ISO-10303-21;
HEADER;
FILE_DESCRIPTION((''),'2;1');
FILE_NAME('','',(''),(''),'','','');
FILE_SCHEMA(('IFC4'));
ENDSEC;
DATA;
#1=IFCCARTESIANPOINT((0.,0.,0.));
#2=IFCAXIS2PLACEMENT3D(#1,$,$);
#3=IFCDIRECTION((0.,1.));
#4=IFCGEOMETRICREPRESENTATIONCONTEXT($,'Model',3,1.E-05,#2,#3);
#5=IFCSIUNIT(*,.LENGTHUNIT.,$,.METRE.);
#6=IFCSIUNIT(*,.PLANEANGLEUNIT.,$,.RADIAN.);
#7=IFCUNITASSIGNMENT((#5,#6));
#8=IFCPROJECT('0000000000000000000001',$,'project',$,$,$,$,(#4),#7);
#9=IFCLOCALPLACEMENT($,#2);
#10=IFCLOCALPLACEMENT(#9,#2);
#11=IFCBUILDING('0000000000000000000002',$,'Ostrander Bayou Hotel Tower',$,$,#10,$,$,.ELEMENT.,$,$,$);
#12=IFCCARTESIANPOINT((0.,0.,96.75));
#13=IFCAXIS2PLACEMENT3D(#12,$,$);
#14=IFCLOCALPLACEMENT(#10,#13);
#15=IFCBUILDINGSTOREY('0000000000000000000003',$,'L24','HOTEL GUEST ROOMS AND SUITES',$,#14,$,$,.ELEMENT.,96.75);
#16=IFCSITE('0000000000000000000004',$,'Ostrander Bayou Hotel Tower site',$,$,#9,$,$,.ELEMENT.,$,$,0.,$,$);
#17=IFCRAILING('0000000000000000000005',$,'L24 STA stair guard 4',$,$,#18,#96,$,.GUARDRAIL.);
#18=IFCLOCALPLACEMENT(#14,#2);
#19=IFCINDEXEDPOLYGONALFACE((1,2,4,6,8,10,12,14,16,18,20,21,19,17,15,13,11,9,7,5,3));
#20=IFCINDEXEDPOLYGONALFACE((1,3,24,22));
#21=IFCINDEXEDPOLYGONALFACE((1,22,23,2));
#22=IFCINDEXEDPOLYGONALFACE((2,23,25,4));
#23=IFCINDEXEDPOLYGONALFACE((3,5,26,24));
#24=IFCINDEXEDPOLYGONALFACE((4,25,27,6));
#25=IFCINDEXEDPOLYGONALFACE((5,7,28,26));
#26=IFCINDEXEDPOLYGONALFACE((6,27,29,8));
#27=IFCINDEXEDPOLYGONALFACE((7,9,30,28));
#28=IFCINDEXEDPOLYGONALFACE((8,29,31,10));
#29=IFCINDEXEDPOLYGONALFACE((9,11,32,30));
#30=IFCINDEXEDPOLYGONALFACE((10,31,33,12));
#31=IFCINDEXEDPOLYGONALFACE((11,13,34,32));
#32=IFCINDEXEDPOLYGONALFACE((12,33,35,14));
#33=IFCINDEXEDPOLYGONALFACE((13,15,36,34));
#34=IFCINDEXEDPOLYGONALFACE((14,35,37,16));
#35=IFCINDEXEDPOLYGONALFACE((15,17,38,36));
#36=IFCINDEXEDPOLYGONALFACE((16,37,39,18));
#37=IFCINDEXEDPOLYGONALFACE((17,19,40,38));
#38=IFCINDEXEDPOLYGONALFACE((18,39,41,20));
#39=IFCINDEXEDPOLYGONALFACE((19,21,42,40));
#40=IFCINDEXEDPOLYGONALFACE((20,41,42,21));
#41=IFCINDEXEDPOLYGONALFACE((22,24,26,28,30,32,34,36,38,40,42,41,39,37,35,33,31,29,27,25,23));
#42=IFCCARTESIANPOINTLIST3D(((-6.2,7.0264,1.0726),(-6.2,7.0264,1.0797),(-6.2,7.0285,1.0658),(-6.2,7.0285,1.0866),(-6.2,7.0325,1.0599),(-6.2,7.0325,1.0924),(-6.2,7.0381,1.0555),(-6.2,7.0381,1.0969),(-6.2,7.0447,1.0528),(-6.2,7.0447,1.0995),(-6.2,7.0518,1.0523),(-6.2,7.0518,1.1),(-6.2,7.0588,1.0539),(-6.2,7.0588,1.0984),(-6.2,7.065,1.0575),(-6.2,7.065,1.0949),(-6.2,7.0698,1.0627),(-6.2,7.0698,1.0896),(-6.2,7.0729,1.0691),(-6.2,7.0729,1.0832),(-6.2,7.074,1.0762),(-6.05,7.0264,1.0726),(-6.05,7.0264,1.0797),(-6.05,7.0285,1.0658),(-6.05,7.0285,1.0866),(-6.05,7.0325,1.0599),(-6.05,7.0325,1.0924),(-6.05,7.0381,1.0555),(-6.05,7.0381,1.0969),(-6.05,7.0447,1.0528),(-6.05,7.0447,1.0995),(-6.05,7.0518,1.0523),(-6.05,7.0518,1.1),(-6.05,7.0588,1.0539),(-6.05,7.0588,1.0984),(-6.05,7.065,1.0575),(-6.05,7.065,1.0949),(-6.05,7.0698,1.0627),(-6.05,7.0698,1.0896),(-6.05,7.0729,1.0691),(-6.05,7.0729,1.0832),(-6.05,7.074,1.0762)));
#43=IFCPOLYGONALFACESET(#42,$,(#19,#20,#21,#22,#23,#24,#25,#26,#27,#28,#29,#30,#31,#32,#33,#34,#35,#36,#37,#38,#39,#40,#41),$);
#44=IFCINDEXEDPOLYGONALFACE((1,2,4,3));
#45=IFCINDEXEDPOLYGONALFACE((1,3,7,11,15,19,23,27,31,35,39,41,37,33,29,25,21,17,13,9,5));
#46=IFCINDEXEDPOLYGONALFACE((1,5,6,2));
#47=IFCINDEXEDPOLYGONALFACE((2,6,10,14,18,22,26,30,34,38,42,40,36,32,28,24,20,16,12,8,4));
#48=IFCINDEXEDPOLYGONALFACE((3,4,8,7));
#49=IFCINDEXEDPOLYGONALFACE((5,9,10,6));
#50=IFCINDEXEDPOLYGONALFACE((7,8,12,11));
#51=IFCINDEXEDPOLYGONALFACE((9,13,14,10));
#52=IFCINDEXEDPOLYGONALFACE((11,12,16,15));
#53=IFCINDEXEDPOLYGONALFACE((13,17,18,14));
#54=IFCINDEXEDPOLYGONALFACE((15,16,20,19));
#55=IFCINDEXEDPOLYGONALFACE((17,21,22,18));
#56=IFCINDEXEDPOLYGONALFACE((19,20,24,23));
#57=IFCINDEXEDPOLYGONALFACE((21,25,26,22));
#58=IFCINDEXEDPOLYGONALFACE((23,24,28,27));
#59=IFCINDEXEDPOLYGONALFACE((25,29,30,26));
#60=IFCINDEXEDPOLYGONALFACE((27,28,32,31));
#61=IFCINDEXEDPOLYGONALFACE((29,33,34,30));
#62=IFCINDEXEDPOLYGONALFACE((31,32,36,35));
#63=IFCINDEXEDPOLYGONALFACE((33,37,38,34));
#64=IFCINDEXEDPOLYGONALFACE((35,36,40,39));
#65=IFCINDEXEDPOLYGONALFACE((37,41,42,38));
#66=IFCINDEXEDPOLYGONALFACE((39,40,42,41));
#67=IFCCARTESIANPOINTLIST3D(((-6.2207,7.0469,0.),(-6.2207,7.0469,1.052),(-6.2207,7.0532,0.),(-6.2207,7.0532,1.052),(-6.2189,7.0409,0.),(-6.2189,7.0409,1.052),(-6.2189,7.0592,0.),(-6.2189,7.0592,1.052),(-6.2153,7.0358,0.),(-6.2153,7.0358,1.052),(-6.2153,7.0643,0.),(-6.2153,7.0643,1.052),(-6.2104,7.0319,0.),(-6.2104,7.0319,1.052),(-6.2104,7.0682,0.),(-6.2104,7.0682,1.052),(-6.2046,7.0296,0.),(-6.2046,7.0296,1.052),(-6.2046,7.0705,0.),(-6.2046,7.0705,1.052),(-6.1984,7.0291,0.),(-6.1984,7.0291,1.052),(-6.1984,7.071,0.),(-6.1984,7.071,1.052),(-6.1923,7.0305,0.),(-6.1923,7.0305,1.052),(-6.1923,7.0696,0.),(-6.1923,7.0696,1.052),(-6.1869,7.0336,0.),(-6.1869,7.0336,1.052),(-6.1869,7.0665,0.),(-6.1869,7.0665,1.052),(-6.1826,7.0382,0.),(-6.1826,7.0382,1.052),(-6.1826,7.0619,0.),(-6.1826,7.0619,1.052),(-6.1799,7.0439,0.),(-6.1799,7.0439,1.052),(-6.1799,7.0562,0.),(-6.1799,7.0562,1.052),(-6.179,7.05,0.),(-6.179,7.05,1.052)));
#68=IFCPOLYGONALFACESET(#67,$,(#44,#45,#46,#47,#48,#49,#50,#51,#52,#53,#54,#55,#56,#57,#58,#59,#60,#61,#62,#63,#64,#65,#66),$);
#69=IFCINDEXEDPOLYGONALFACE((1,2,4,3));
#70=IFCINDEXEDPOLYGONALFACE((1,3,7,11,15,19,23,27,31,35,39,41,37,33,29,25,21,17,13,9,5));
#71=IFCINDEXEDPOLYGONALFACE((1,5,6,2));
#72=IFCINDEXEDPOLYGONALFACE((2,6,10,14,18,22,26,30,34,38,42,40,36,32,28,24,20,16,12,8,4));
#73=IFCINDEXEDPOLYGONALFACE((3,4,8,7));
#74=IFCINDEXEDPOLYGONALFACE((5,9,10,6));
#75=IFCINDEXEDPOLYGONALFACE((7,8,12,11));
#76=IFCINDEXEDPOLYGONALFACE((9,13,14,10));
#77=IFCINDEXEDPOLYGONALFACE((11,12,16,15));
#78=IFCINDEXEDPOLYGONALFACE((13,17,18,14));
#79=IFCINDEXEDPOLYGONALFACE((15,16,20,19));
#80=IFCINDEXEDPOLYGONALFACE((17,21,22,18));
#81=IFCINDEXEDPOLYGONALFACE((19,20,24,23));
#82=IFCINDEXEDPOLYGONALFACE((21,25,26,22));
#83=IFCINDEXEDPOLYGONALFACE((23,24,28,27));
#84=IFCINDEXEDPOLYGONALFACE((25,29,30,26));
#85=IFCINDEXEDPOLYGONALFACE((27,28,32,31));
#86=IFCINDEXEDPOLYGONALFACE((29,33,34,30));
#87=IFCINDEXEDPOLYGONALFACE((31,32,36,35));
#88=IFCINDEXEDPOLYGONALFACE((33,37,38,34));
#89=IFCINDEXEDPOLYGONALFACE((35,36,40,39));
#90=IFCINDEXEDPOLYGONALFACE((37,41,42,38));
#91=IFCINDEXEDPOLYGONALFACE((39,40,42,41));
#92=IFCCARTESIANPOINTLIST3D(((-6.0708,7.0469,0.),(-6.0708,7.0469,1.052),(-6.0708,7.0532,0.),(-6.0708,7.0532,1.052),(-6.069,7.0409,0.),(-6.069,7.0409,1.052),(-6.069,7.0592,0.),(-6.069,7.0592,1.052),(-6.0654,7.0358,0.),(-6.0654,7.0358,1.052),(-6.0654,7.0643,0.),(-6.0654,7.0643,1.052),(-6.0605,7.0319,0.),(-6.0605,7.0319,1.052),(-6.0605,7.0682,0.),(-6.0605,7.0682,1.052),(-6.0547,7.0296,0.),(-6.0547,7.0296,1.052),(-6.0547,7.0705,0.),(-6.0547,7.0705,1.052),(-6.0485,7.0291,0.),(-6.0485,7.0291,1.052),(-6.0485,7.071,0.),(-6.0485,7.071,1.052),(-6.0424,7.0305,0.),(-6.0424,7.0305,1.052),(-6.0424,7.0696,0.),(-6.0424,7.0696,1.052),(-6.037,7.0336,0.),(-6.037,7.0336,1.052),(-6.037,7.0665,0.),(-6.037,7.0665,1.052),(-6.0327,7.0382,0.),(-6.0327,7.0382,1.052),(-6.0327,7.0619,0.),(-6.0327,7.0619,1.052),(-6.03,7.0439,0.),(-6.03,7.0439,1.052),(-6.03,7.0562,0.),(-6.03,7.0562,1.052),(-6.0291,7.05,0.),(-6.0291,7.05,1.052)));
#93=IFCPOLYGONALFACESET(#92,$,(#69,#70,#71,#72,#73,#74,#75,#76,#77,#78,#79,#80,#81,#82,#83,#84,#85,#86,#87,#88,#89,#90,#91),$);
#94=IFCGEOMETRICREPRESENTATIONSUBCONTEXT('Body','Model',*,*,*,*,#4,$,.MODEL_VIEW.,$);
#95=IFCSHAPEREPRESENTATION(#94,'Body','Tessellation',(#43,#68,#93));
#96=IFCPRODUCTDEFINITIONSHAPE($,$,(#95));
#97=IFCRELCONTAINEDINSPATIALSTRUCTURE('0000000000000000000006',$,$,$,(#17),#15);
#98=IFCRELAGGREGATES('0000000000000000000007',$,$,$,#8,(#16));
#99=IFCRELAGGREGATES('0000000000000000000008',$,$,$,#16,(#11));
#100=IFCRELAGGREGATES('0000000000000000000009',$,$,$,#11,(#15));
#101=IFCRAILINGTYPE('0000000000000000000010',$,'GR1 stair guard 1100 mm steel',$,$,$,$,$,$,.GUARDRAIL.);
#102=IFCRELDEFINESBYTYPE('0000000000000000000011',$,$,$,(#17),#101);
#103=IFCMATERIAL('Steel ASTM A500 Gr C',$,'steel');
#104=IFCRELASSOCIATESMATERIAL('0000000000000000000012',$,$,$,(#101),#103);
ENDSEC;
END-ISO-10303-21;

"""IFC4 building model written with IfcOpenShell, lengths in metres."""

from ifc_helpers import new_model, si_unit, direction, frame, origin, origin_2d, place, context, subcontext, project, spatial, circle, extrude, material, type_object, element, save


model = new_model("IFC4")

# Units and contexts
model_context = context("Model", 3, precision=1e-05, world=origin(), true_north=direction((0.0, 1.0)))
body_context = subcontext(model_context, "Body", "Model", "MODEL_VIEW")
ifc_project = project(units=[si_unit("LENGTHUNIT", "METRE"), si_unit("PLANEANGLEUNIT", "RADIAN")], contexts=[model_context])

# Site, building, storey
site_placement = place(None, origin())
site = spatial("IfcSite", under=ifc_project, at=site_placement, Name="Ostrander Bayou Hotel Tower site", CompositionType="ELEMENT", RefElevation=0.0)
building_placement = place(site_placement, origin())
building = spatial("IfcBuilding", under=site, at=building_placement, Name="Ostrander Bayou Hotel Tower", CompositionType="ELEMENT")
storey_placement = place(building_placement, frame((0.0, 0.0, 96.75)))
storey = spatial("IfcBuildingStorey", under=building, at=storey_placement, Name="L24", Description="HOTEL GUEST ROOMS AND SUITES", CompositionType="ELEMENT", Elevation=96.75)

# Railing
ifc_material_1 = material(Name="Steel ASTM A500 Gr C", Category="steel")
railing_type_1 = type_object("IfcRailingType", Name="GR1 stair guard 1100 mm steel", PredefinedType="GUARDRAIL", material=ifc_material_1)
railing_1_placement = place(storey_placement, frame((-6.2, 7.05, 0.0)))
element("IfcRailing", 1, at=railing_1_placement, inside=storey, type_object=railing_type_1, Name="L24 STA stair guard 4", PredefinedType="GUARDRAIL", context=body_context, shape_type="SweptSolid", body=[
    extrude(circle(Radius=0.0239, at=origin_2d()), frame((0.0, 0.0, 1.0762), z_axis=(1.0, 0.0, 0.0), x_axis=(0.0, 1.0, 0.0)), (0.0, 0.0, 1.0), 0.1499),
    extrude(circle(Radius=0.021, at=origin_2d()), origin(), (0.0, 0.0, 1.0), 1.052),
    extrude(circle(Radius=0.021, at=origin_2d()), frame((0.1499, 0.0, 0.0)), (0.0, 0.0, 1.0), 1.052),
])

save(model, "model.ifc")
